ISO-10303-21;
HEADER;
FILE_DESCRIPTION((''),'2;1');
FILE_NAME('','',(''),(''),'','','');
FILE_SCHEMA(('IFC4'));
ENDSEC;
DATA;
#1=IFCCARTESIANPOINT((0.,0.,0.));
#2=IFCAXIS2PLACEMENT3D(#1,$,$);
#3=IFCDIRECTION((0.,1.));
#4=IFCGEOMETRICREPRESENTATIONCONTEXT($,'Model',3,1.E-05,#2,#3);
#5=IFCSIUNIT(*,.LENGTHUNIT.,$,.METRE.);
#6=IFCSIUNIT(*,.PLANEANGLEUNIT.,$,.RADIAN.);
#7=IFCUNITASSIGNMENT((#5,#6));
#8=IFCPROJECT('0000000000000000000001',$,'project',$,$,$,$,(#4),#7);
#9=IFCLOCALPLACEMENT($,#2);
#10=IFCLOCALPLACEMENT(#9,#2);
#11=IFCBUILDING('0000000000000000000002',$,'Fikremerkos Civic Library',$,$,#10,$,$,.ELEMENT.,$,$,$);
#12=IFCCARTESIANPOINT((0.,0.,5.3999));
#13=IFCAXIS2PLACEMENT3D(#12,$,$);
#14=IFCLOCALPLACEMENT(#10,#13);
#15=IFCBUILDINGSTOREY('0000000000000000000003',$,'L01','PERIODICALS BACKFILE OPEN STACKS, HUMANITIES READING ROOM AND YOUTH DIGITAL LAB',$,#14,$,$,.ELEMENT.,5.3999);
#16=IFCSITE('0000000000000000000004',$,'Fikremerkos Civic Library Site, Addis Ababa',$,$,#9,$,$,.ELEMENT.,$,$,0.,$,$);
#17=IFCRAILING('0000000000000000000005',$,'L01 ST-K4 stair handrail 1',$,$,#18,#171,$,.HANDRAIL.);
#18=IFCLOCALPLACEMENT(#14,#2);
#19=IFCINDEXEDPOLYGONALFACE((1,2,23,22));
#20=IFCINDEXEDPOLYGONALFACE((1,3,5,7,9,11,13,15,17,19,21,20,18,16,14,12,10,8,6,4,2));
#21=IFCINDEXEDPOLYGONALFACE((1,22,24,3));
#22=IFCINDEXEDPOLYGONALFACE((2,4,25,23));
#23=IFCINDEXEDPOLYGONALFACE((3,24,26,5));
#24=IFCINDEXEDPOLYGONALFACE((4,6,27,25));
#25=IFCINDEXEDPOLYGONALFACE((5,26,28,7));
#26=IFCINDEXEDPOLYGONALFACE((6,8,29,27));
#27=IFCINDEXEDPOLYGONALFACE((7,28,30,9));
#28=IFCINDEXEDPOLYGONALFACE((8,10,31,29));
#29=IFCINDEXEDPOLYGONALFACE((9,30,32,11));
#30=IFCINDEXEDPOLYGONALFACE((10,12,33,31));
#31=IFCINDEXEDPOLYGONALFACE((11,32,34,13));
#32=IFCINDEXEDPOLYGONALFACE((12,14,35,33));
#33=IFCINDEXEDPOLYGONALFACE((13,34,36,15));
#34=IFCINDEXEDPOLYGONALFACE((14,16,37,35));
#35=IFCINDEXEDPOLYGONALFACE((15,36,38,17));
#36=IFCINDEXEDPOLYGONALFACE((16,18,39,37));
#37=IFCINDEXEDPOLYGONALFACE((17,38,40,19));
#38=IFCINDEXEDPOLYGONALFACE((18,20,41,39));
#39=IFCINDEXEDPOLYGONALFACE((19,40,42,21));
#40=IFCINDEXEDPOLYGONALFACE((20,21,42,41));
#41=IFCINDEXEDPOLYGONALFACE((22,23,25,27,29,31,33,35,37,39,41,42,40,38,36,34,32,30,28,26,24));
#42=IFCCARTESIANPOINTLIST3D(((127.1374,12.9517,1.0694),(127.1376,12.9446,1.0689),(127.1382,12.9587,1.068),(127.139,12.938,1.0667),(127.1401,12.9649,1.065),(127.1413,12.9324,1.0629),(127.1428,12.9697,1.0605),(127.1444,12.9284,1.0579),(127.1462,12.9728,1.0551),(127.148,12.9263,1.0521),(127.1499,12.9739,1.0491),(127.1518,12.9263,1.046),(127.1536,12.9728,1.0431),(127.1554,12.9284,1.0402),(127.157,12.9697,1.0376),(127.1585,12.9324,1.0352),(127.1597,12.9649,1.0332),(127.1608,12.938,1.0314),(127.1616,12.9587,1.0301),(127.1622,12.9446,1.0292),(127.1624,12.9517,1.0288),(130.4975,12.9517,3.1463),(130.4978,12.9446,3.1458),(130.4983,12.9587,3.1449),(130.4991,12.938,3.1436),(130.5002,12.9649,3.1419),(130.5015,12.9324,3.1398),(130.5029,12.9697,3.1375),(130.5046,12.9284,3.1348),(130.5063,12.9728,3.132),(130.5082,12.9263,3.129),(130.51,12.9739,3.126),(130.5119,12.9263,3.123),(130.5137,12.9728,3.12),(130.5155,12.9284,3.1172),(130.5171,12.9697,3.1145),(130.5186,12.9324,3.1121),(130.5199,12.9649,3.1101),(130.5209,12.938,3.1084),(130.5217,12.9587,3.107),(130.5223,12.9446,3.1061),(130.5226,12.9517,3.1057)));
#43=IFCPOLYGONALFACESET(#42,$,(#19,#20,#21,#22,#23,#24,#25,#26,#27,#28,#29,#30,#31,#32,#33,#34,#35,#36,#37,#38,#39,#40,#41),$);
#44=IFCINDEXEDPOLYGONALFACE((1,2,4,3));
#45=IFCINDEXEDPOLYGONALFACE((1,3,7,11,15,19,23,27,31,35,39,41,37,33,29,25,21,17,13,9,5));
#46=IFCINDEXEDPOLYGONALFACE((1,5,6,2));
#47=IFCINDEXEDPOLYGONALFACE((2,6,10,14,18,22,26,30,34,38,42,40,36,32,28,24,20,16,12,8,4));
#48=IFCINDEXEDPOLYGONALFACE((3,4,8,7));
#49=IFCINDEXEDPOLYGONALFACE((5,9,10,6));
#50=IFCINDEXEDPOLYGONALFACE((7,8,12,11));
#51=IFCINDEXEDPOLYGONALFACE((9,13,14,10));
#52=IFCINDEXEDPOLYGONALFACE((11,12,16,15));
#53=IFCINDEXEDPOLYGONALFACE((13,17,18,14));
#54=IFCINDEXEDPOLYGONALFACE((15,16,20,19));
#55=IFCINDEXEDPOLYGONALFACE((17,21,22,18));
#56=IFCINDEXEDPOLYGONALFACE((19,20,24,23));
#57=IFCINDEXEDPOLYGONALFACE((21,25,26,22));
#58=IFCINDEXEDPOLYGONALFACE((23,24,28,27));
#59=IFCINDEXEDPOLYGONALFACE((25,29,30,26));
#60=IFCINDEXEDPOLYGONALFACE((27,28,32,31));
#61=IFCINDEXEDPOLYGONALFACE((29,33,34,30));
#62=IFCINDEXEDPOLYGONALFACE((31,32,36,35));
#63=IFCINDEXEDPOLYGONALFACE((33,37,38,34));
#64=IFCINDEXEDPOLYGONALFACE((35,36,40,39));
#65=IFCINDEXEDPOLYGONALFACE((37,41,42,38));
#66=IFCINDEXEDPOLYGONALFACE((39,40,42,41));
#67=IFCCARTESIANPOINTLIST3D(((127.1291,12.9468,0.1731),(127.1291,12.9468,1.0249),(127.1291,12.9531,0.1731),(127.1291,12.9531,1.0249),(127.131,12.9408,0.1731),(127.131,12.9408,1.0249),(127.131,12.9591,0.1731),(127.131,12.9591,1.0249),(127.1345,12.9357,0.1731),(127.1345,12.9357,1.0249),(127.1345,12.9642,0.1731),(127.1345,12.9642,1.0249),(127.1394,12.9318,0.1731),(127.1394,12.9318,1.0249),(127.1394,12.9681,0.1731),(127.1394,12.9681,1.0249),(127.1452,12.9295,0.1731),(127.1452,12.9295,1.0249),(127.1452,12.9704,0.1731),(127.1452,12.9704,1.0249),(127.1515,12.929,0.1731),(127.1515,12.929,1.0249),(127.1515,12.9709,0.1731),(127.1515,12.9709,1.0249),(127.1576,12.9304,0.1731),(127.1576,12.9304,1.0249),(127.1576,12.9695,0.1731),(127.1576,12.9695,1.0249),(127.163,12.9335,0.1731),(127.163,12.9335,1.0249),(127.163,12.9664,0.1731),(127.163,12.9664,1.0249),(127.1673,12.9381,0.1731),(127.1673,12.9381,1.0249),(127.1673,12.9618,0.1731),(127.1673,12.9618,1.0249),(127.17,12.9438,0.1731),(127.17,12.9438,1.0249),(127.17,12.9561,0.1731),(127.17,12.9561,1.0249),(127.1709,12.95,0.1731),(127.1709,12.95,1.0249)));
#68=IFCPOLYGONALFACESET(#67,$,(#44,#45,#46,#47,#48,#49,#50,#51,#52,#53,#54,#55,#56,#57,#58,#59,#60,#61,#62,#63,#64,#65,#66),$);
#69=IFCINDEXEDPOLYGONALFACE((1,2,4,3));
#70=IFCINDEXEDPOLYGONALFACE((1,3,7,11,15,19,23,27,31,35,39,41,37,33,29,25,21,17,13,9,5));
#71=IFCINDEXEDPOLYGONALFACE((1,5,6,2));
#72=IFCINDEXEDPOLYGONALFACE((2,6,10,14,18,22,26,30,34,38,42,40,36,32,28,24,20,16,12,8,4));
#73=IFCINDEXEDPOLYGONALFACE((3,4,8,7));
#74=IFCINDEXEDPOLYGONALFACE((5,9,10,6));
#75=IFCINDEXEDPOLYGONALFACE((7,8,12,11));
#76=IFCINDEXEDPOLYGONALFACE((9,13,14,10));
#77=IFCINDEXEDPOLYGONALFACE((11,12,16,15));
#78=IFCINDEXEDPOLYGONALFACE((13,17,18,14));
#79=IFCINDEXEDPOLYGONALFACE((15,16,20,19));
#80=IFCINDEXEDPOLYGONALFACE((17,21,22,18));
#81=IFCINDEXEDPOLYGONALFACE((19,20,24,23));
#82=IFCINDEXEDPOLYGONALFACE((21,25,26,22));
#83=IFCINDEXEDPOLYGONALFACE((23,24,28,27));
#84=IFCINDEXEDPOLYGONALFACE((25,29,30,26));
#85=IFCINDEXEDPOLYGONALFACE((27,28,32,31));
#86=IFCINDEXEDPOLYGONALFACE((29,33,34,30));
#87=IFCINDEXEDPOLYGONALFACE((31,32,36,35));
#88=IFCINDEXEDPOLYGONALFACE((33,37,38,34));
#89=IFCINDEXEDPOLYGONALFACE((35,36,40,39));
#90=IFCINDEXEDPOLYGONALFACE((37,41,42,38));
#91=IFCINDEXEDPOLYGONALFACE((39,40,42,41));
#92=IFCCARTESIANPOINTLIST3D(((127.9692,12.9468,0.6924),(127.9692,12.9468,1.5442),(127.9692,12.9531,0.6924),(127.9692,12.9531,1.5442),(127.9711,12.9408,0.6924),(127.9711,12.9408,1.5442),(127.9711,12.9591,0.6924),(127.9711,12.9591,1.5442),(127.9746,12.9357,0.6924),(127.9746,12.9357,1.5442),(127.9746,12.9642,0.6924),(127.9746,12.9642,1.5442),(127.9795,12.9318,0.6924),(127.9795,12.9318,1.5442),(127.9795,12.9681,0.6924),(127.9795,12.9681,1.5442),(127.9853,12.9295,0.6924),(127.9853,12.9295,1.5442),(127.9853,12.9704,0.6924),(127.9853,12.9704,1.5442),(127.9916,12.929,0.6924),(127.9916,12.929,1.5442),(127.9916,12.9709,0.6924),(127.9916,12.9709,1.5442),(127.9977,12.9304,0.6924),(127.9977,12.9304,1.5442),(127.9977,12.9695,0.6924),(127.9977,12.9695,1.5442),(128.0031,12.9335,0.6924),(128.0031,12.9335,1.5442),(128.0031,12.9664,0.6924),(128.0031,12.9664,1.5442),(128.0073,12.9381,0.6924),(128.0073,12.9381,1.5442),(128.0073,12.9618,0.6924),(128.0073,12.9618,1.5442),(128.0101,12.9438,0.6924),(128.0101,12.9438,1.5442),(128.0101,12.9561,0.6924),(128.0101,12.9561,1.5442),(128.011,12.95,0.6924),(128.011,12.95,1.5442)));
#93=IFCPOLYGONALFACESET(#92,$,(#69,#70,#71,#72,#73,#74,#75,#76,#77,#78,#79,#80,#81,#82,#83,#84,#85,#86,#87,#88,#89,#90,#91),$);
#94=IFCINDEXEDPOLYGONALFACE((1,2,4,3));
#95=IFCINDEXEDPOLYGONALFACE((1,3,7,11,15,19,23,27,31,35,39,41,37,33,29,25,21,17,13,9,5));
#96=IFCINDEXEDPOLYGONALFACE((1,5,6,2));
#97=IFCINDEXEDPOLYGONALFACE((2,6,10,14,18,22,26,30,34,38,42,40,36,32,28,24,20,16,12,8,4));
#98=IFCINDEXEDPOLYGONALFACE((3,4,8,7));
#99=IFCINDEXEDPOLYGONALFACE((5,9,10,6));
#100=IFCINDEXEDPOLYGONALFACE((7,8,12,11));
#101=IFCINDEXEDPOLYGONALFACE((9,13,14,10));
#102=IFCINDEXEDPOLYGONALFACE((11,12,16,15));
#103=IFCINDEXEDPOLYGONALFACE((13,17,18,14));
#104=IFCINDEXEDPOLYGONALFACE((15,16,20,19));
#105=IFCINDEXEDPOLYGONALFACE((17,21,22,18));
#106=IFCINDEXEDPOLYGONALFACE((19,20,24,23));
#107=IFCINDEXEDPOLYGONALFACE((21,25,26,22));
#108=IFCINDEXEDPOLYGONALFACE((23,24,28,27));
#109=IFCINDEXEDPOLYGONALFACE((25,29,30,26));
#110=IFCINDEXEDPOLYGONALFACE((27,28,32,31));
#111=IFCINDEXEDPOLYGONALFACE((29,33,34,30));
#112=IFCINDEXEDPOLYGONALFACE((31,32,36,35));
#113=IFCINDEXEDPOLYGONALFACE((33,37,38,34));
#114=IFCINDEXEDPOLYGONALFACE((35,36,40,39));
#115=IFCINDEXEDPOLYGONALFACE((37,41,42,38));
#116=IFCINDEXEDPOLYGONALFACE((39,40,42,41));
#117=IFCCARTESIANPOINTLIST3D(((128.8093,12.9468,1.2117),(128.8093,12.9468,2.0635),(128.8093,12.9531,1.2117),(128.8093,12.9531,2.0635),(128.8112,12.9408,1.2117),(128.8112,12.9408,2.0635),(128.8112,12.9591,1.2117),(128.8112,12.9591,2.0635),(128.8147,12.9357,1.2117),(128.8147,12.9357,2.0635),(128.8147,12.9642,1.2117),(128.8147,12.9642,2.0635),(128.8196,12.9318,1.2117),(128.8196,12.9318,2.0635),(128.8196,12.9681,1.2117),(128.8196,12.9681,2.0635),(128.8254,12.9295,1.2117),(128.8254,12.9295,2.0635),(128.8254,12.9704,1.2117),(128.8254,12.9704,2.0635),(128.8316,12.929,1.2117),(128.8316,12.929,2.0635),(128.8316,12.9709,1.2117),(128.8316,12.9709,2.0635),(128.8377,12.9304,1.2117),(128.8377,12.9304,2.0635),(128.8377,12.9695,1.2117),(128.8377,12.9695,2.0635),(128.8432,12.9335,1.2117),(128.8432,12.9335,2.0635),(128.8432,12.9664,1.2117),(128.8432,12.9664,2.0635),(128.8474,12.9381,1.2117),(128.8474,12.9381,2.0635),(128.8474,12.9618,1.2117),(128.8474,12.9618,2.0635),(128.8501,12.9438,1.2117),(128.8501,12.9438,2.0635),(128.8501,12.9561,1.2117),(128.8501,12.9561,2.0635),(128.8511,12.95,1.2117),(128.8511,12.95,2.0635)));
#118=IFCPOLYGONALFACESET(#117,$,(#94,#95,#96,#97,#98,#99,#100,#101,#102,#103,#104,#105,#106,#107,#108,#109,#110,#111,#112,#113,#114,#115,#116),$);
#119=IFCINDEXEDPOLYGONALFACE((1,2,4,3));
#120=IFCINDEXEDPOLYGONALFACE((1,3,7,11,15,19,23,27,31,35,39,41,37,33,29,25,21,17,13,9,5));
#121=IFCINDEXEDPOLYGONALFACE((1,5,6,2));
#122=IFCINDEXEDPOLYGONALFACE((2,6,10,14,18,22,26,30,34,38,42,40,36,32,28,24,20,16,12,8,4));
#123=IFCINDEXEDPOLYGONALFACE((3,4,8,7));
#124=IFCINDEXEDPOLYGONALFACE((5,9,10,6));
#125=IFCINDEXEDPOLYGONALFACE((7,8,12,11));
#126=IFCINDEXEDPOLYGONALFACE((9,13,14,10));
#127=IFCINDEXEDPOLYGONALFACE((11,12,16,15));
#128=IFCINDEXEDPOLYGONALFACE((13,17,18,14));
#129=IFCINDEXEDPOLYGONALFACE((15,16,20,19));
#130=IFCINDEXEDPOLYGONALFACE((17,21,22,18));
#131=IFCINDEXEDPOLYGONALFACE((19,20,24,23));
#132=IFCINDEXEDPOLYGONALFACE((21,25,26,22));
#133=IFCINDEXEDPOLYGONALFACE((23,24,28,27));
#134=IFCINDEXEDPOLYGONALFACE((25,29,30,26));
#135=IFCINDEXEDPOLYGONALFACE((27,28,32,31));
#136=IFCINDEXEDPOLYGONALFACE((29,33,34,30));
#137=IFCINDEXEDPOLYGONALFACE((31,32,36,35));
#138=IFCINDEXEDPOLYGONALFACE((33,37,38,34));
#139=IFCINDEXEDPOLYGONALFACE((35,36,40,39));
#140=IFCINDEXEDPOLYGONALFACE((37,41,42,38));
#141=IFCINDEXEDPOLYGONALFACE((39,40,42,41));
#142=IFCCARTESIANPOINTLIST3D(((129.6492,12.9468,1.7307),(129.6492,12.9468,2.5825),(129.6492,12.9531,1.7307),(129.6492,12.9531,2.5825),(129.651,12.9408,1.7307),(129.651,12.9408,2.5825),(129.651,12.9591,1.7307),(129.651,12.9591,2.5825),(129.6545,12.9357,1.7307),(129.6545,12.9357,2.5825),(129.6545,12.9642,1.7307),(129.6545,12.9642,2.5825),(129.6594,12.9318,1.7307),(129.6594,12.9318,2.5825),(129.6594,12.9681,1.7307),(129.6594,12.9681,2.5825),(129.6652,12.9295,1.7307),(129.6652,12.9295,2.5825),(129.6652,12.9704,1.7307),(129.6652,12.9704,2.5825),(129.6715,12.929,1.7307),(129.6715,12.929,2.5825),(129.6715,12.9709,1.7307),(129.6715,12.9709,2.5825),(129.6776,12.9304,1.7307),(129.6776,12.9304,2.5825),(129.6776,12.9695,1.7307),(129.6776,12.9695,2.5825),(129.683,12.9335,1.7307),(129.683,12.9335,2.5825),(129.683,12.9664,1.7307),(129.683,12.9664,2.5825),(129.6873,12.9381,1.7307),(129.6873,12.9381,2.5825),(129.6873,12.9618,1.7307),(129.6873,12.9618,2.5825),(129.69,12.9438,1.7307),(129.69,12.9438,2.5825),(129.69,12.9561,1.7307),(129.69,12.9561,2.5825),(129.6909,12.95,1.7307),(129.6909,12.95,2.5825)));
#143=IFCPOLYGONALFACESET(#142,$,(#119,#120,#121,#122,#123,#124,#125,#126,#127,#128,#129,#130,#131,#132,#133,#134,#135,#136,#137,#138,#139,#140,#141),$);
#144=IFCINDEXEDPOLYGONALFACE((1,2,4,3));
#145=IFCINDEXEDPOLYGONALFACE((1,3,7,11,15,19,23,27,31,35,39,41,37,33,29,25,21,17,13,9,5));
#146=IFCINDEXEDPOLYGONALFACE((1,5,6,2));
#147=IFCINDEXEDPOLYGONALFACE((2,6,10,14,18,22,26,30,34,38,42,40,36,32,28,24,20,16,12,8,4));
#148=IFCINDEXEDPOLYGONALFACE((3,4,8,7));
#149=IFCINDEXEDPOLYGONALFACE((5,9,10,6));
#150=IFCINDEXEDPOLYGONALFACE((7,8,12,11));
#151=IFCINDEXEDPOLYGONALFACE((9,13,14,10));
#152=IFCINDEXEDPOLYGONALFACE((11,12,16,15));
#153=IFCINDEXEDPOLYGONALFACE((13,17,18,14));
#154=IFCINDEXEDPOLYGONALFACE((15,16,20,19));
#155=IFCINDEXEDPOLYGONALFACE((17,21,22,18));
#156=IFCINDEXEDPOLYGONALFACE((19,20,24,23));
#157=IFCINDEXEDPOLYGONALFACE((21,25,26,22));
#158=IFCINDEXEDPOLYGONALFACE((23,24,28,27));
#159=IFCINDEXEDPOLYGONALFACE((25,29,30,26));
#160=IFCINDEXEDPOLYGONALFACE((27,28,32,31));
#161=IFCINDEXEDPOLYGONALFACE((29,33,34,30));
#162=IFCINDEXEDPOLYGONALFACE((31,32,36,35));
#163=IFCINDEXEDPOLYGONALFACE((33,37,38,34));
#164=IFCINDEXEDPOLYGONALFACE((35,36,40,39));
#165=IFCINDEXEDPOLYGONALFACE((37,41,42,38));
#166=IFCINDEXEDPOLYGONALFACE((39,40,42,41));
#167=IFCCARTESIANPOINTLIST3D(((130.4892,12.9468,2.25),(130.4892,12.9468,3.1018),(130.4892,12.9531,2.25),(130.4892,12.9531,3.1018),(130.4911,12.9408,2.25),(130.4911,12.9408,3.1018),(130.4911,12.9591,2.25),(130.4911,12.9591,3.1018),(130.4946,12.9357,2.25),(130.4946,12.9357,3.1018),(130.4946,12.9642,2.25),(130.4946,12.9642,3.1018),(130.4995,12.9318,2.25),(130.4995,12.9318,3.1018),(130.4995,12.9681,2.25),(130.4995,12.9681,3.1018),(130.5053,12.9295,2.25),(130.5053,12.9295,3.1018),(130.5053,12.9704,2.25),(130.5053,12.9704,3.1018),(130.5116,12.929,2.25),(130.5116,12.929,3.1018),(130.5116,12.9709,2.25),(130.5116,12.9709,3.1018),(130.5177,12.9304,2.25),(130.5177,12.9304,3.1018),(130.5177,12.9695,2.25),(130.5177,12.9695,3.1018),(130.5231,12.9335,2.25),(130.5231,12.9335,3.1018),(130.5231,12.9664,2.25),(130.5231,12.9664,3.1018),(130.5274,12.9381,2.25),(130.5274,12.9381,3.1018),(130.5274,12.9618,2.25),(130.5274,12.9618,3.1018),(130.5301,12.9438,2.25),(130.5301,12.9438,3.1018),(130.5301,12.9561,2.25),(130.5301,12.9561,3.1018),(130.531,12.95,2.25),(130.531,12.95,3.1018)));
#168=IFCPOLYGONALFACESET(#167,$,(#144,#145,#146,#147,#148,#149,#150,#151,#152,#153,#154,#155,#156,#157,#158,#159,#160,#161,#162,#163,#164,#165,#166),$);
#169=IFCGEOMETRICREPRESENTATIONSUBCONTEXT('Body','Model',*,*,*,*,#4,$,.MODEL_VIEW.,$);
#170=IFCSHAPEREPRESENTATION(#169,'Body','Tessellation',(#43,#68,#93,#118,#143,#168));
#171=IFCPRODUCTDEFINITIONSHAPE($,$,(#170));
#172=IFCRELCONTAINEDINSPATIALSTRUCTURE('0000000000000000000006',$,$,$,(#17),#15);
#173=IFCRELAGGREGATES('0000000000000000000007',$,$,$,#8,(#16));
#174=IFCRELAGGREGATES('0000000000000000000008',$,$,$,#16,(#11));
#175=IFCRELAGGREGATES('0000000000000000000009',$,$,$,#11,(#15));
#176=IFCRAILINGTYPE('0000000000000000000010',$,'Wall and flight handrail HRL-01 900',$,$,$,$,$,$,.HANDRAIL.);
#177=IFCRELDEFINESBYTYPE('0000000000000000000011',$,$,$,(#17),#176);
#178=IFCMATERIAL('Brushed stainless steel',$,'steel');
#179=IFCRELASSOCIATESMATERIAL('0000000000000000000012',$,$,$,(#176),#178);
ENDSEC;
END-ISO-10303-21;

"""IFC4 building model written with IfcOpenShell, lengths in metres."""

from ifc_helpers import new_model, si_unit, direction, frame, origin, origin_2d, place, context, subcontext, project, spatial, circle, extrude, material, type_object, element, save


model = new_model("IFC4")

# Units and contexts
model_context = context("Model", 3, precision=1e-05, world=origin(), true_north=direction((0.0, 1.0)))
body_context = subcontext(model_context, "Body", "Model", "MODEL_VIEW")
ifc_project = project(units=[si_unit("LENGTHUNIT", "METRE"), si_unit("PLANEANGLEUNIT", "RADIAN")], contexts=[model_context])

# Site, building, storey
site_placement = place(None, origin())
site = spatial("IfcSite", under=ifc_project, at=site_placement, Name="Fikremerkos Civic Library Site, Addis Ababa", CompositionType="ELEMENT", RefElevation=0.0)
building_placement = place(site_placement, origin())
building = spatial("IfcBuilding", under=site, at=building_placement, Name="Fikremerkos Civic Library", CompositionType="ELEMENT")
storey_placement = place(building_placement, frame((0.0, 0.0, 5.3999)))
storey = spatial("IfcBuildingStorey", under=building, at=storey_placement, Name="L01", Description="PERIODICALS BACKFILE OPEN STACKS, HUMANITIES READING ROOM AND YOUTH DIGITAL LAB", CompositionType="ELEMENT", Elevation=5.3999)

# Railing
ifc_material_1 = material(Name="Brushed stainless steel", Category="steel")
railing_type_1 = type_object("IfcRailingType", Name="Wall and flight handrail HRL-01 900", PredefinedType="HANDRAIL", material=ifc_material_1)
railing_1_placement = place(storey_placement, frame((127.1499, 12.95, 0.1731)))
element("IfcRailing", 1, at=railing_1_placement, inside=storey, type_object=railing_type_1, Name="L01 ST-K4 stair handrail 1", PredefinedType="HANDRAIL", context=body_context, shape_type="SweptSolid", body=[
    extrude(circle(Radius=0.0239, at=origin_2d()), frame((0.0, 0.0, 0.876), z_axis=(0.850623, 0.0, 0.525776), x_axis=(0.0, 1.0, 0.0)), (0.0, 0.0, 1.0), 3.9502),
    extrude(circle(Radius=0.021, at=origin_2d()), origin(), (0.0, 0.0, 1.0), 0.8518),
    extrude(circle(Radius=0.021, at=origin_2d()), frame((0.8401, 0.0, 0.5193)), (0.0, 0.0, 1.0), 0.8518),
    extrude(circle(Radius=0.021, at=origin_2d()), frame((1.6802, 0.0, 1.0386)), (0.0, 0.0, 1.0), 0.8518),
    extrude(circle(Radius=0.021, at=origin_2d()), frame((2.52, 0.0, 1.5576)), (0.0, 0.0, 1.0), 0.8518),
    extrude(circle(Radius=0.021, at=origin_2d()), frame((3.3601, 0.0, 2.0769)), (0.0, 0.0, 1.0), 0.8518),
])

save(model, "model.ifc")
